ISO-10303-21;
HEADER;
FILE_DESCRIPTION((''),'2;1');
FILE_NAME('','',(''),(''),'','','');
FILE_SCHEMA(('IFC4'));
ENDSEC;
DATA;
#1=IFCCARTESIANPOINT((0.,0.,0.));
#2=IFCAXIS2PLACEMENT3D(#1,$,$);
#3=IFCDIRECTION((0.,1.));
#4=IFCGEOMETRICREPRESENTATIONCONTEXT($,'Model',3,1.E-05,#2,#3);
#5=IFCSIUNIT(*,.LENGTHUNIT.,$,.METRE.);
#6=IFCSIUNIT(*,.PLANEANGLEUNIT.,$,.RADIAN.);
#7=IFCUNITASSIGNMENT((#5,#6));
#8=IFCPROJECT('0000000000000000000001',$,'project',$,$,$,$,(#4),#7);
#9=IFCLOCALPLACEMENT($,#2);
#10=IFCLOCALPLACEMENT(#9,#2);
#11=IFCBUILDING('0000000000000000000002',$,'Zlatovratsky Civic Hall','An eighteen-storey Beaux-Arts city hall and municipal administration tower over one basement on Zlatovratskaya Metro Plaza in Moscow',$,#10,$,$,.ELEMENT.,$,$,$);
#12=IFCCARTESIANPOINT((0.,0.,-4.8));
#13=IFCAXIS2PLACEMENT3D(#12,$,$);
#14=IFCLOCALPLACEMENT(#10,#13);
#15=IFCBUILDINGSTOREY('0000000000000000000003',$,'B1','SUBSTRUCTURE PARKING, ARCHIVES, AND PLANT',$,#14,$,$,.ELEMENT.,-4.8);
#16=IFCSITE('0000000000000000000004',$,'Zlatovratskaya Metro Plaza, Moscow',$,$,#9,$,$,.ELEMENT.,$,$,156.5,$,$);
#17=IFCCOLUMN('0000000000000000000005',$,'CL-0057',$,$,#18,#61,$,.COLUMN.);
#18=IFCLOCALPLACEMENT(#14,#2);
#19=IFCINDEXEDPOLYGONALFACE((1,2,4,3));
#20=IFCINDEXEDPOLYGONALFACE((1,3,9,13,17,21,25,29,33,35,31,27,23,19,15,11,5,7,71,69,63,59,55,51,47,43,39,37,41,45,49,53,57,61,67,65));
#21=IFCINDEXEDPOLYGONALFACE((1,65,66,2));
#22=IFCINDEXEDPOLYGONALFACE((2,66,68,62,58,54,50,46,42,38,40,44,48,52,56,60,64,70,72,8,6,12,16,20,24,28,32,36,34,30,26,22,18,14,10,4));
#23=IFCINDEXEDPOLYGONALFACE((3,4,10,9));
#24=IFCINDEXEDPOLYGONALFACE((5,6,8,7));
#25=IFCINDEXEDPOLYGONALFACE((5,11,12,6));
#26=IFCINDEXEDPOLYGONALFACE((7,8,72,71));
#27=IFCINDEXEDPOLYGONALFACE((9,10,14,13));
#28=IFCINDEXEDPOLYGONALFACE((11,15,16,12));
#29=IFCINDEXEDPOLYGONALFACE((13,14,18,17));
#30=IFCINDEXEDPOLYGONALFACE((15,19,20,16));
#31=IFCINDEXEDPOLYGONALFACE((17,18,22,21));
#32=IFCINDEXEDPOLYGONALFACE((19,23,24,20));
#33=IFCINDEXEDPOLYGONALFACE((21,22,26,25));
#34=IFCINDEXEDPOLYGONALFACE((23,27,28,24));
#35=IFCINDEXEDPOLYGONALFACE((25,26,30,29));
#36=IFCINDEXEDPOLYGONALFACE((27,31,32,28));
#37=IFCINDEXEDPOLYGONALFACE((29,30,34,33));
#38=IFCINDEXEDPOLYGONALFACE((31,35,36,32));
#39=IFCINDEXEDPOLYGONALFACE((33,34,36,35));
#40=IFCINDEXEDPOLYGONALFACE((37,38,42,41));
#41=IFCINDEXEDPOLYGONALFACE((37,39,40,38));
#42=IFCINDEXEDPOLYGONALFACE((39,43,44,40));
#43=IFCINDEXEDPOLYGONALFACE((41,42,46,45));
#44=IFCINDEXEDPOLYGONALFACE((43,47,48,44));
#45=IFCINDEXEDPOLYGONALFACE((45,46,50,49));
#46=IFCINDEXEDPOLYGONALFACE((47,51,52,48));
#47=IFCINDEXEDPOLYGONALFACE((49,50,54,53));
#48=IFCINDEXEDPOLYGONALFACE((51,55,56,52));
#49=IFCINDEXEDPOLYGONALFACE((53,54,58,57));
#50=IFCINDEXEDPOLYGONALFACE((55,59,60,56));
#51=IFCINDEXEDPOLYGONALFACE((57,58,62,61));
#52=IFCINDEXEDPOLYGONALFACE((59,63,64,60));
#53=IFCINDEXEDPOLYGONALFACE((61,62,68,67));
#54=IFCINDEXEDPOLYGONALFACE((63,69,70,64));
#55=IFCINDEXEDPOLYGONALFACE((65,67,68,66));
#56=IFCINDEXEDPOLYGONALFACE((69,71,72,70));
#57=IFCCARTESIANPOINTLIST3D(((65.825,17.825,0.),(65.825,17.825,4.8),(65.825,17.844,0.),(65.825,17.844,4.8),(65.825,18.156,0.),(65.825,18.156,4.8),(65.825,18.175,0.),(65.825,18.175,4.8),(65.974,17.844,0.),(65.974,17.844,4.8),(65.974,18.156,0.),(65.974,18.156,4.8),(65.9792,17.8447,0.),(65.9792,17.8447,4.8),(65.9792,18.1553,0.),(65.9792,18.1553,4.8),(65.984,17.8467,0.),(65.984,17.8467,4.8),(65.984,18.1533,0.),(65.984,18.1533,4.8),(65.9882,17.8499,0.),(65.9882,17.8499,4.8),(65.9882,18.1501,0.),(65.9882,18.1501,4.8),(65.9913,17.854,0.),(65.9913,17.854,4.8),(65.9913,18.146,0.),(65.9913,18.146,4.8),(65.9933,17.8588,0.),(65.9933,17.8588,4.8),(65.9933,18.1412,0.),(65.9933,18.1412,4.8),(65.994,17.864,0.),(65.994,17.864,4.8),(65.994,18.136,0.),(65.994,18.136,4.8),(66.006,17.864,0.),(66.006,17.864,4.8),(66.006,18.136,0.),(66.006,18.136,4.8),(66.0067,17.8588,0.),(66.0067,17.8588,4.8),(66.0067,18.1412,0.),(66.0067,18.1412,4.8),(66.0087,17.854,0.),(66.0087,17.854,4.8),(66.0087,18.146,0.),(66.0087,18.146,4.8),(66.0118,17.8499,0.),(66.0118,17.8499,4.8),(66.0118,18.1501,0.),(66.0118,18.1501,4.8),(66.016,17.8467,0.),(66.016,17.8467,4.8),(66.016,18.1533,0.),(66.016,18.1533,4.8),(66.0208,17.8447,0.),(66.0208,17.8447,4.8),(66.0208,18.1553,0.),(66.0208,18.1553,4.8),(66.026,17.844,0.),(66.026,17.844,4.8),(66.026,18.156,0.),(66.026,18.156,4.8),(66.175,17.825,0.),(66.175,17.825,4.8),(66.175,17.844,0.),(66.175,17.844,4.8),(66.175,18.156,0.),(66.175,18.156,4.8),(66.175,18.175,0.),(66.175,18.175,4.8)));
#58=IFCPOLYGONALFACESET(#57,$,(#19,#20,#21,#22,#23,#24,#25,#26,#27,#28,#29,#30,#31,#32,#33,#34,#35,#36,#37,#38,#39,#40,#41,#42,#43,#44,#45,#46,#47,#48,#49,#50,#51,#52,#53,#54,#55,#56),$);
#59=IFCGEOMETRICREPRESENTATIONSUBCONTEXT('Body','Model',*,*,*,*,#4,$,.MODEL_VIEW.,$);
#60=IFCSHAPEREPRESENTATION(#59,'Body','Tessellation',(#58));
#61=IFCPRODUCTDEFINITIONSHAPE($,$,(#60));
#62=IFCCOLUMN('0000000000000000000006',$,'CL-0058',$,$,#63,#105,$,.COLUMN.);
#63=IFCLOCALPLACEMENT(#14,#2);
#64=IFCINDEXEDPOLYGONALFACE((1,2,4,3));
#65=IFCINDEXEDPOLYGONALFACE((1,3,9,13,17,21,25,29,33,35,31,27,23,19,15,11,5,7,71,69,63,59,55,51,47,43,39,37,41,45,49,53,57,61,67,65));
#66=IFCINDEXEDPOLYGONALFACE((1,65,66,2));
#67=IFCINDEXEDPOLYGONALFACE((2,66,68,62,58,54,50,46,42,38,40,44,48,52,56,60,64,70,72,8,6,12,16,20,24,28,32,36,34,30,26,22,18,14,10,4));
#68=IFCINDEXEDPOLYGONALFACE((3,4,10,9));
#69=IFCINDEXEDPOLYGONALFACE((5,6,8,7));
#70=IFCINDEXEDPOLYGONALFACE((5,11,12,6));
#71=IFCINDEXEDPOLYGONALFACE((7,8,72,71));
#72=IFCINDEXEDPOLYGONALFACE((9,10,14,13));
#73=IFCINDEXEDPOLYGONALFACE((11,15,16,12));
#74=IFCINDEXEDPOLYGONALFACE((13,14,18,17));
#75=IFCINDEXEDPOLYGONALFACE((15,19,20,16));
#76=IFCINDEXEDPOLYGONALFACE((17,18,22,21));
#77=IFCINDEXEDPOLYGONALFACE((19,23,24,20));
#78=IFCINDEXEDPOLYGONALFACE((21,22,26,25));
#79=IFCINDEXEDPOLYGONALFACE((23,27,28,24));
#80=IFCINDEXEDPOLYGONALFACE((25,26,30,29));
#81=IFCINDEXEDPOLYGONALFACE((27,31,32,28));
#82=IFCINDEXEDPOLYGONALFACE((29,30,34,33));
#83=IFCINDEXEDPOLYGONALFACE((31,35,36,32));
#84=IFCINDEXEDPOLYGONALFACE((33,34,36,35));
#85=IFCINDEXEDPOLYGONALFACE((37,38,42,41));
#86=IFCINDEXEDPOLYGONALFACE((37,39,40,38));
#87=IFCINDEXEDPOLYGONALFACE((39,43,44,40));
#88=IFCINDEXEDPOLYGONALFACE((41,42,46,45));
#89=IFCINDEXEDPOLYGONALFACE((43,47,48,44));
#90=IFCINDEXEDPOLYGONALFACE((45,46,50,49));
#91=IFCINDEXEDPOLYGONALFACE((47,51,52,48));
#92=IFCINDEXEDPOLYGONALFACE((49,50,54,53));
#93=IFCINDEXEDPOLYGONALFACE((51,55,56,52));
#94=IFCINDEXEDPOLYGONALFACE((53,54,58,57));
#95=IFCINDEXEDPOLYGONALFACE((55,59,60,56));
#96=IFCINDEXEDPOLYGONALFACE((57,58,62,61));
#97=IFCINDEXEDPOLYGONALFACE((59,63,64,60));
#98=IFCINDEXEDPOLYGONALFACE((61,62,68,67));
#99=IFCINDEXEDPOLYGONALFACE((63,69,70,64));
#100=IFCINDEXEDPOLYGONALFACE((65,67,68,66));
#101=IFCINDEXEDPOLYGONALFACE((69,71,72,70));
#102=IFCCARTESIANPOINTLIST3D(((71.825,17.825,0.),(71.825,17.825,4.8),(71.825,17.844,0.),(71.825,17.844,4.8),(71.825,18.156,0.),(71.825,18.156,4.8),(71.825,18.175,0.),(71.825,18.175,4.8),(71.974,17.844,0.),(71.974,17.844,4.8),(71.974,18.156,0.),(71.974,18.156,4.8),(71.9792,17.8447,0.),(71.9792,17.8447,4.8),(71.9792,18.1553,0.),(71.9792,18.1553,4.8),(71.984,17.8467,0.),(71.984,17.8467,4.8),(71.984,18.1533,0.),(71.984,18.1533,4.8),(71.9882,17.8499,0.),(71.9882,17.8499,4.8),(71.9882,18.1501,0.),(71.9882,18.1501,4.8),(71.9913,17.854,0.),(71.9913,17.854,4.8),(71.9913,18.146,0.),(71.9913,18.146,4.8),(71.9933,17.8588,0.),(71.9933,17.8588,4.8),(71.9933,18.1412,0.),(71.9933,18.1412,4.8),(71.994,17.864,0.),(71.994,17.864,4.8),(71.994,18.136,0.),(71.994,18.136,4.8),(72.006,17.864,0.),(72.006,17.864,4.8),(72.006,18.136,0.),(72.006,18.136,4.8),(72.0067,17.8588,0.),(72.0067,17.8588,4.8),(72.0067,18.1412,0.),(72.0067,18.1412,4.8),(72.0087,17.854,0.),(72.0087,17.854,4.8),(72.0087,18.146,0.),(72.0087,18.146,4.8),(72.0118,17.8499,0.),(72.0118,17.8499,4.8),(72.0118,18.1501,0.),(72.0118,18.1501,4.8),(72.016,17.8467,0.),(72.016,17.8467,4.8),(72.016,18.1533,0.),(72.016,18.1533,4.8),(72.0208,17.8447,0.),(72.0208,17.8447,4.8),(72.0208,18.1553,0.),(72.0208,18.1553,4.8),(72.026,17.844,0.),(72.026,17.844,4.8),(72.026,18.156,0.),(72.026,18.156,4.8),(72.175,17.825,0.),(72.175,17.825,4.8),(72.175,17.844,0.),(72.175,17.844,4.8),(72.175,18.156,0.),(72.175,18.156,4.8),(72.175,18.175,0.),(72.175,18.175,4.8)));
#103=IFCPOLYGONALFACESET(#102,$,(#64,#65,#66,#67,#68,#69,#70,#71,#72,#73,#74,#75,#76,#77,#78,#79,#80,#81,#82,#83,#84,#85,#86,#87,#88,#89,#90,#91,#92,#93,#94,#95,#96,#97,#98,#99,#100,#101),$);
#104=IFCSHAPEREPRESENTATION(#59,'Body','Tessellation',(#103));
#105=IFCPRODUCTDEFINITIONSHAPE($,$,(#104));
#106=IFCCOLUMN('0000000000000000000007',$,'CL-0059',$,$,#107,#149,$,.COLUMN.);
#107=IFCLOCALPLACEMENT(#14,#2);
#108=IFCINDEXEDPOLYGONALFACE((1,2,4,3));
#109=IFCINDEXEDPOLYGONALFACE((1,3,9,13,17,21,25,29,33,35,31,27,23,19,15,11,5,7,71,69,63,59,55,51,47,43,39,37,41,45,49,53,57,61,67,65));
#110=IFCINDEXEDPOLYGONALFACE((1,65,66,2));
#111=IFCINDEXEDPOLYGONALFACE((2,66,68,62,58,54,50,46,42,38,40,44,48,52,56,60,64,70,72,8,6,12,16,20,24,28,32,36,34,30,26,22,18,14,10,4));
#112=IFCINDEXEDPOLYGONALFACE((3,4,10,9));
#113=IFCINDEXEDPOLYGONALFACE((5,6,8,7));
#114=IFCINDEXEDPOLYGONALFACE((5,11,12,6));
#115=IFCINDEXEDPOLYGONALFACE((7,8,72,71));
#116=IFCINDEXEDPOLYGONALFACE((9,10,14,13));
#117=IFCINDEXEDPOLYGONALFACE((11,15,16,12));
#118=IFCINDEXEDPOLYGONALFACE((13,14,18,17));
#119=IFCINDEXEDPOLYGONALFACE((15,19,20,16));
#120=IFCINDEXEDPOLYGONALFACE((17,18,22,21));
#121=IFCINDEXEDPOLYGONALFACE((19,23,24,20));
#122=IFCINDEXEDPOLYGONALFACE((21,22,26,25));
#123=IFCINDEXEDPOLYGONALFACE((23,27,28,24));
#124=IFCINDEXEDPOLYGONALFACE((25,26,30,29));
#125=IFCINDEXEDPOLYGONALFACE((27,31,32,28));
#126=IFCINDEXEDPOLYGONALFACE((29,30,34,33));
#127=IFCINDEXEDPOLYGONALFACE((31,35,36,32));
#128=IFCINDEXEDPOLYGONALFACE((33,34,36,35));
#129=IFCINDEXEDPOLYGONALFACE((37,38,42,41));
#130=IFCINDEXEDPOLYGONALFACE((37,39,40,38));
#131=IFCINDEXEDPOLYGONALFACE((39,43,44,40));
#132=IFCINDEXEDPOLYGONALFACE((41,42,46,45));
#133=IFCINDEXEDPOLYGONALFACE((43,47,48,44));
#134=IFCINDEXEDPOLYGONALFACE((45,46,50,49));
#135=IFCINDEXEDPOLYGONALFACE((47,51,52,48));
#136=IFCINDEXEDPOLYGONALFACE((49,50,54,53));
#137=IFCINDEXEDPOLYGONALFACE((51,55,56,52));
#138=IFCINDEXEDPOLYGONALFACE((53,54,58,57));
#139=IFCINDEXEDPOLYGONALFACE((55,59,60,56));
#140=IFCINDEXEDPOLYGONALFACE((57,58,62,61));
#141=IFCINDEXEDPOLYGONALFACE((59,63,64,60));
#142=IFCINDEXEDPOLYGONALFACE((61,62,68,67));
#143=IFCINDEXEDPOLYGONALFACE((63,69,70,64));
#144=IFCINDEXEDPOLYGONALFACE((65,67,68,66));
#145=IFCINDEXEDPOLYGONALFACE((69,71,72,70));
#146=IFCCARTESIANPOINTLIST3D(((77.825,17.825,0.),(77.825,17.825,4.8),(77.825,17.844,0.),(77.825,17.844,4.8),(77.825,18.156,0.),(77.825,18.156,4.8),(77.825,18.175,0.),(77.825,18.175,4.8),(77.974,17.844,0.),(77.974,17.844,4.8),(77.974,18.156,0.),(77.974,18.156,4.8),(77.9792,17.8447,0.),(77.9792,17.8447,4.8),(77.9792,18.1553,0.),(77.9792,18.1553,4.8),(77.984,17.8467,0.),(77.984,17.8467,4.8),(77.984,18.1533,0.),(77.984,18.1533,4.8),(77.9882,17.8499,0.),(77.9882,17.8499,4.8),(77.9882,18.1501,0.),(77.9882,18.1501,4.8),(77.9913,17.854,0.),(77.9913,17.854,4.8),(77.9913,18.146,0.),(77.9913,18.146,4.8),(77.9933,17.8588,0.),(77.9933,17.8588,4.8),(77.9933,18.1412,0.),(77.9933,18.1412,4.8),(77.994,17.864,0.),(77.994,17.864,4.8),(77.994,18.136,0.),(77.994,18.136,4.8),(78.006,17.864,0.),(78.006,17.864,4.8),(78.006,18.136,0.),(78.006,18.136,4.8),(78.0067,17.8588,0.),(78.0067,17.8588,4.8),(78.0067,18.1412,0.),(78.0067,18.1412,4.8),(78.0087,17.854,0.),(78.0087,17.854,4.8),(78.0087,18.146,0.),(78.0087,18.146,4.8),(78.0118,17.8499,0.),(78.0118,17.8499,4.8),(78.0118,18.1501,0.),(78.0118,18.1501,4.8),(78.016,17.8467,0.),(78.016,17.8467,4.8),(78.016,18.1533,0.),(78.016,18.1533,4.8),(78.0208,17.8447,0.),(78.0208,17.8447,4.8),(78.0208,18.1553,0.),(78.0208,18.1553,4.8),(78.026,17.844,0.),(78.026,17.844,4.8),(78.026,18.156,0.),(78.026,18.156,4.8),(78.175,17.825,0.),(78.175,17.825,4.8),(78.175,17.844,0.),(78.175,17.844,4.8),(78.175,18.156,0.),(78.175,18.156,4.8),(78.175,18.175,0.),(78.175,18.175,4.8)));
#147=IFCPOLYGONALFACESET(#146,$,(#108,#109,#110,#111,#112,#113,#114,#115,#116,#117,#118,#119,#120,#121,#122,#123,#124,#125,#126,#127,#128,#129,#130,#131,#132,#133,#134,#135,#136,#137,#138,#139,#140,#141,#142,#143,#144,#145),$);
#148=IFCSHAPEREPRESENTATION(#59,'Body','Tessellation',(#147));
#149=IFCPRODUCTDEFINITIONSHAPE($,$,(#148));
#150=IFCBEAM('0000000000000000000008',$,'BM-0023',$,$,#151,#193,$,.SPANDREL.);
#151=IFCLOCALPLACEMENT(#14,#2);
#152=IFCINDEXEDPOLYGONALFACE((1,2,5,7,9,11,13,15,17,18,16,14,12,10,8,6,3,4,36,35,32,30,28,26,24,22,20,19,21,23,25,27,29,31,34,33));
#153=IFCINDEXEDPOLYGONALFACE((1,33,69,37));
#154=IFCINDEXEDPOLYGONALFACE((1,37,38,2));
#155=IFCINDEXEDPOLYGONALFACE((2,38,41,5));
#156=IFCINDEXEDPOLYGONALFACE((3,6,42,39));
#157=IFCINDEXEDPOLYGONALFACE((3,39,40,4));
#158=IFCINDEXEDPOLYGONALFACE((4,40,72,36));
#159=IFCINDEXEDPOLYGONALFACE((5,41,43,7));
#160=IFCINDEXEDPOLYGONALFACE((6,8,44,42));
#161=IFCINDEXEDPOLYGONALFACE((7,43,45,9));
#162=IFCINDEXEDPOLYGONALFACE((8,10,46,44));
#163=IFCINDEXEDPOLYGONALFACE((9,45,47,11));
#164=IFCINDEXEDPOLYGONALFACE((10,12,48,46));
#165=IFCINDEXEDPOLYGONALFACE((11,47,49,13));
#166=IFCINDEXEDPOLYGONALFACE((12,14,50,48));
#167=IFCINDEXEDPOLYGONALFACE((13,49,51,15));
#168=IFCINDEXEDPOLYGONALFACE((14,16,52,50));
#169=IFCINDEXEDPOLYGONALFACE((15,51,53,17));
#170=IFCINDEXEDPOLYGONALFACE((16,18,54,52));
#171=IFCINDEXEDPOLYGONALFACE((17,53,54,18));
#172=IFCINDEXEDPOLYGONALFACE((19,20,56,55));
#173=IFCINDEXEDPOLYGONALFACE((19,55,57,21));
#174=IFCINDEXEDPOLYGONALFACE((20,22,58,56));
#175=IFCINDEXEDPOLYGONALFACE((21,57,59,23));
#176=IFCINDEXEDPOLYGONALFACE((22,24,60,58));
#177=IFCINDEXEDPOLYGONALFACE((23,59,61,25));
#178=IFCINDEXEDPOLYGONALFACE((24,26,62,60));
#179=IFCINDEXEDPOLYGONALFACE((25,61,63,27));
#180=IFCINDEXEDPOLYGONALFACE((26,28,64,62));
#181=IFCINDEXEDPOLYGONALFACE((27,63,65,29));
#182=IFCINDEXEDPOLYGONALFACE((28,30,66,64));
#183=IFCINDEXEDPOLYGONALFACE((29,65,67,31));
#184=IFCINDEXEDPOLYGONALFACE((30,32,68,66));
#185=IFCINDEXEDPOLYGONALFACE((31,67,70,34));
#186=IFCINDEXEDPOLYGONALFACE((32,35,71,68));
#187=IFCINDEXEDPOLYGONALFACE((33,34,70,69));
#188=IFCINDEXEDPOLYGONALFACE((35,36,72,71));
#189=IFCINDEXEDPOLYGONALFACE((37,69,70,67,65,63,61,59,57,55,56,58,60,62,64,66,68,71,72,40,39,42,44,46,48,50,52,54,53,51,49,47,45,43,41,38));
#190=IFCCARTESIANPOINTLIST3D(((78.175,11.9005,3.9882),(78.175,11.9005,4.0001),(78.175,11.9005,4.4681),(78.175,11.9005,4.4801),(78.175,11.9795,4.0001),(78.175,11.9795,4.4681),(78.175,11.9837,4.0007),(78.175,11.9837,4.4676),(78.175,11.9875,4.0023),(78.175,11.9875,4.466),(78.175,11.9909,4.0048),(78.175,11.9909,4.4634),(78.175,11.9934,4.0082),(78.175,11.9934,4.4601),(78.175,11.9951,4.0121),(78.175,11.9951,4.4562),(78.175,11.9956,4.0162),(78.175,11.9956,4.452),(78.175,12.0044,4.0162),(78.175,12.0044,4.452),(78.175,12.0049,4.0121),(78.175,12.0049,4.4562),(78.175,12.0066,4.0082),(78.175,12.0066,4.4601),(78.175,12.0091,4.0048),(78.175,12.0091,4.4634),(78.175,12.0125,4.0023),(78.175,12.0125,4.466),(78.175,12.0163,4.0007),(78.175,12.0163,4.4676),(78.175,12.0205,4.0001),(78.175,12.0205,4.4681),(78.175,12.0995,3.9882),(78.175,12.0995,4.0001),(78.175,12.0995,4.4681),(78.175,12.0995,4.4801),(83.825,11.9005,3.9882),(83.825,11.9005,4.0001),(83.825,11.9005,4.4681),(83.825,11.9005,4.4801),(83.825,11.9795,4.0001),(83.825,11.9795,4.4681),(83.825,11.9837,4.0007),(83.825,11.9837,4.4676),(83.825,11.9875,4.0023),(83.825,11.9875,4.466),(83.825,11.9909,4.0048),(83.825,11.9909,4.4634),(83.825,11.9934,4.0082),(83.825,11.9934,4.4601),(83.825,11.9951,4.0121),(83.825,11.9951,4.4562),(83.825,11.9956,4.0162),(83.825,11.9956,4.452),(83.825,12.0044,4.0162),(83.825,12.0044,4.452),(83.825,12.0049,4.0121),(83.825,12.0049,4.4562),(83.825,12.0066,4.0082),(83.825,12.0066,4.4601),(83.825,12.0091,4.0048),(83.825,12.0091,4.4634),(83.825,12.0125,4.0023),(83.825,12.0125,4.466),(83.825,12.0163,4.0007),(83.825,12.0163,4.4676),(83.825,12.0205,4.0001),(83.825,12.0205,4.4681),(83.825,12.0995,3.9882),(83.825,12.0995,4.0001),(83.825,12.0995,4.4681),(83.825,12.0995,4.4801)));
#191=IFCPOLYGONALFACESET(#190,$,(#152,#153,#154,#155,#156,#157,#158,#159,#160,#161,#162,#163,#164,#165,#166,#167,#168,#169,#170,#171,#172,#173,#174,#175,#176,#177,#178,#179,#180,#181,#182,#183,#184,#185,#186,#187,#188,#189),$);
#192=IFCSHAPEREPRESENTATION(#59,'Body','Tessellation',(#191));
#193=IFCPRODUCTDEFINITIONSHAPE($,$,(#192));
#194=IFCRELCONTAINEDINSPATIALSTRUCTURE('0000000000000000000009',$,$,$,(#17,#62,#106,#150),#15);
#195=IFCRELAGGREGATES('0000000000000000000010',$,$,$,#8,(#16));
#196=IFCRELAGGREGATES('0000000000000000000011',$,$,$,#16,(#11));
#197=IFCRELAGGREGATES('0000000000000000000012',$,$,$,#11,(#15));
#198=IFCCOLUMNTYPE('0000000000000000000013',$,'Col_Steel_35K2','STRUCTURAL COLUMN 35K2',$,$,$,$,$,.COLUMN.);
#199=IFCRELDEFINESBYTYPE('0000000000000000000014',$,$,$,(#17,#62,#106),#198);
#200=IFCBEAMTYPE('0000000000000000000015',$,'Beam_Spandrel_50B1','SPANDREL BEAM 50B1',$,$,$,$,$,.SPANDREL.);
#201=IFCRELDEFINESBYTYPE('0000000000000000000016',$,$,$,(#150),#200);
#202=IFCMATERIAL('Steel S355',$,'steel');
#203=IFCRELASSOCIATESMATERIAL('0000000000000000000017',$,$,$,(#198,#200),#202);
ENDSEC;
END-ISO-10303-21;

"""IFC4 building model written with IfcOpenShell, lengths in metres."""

from ifc_helpers import new_model, si_unit, direction, frame, origin, origin_2d, place, context, subcontext, project, spatial, i_section, extrude, material, material_profile, profile_set, type_object, element, save


model = new_model("IFC4")

# Units and contexts
model_context = context("Model", 3, precision=1e-05, world=origin(), true_north=direction((0.0, 1.0)))
body_context = subcontext(model_context, "Body", "Model", "MODEL_VIEW")
ifc_project = project(units=[si_unit("LENGTHUNIT", "METRE"), si_unit("PLANEANGLEUNIT", "RADIAN")], contexts=[model_context])

# Site, building, storey
site_placement = place(None, origin())
site = spatial("IfcSite", under=ifc_project, at=site_placement, Name="Zlatovratskaya Metro Plaza, Moscow", CompositionType="ELEMENT", RefElevation=156.5)
building_placement = place(site_placement, origin())
building = spatial("IfcBuilding", under=site, at=building_placement, Name="Zlatovratsky Civic Hall", Description="An eighteen-storey Beaux-Arts city hall and municipal administration tower over one basement on Zlatovratskaya Metro Plaza in Moscow", CompositionType="ELEMENT")
storey_placement = place(building_placement, frame((0.0, 0.0, -4.8)))
storey = spatial("IfcBuildingStorey", under=building, at=storey_placement, Name="B1", Description="SUBSTRUCTURE PARKING, ARCHIVES, AND PLANT", CompositionType="ELEMENT", Elevation=-4.8)

# Columns
ifc_material_1 = material(Name="Steel S355", Category="steel")
ifc_material_profile_1 = material_profile(ifc_material_1, i_section(OverallWidth=0.3501, OverallDepth=0.3501, WebThickness=0.012, FlangeThickness=0.019, FilletRadius=0.02, at=origin_2d()), Name="35K2")
ifc_profile_set_1 = profile_set([ifc_material_profile_1], Name="Steel S355")
column_type_1 = type_object("IfcColumnType", Name="Col_Steel_35K2", Description="STRUCTURAL COLUMN 35K2", PredefinedType="COLUMN", material=ifc_profile_set_1)
for number, where, z_axis, x_axis, name in (
    (1, (66.0, 18.0, 0.0), (0.0, 0.0, 1.0), (1.0, 0.0, 0.0), "CL-0057"),
    (2, (72.0, 18.0, 0.0), (0.0, 0.0, 1.0), (1.0, 0.0, 0.0), "CL-0058"),
    (3, (78.0, 18.0, 0.0), (0.0, 0.0, 1.0), (1.0, 0.0, 0.0), "CL-0059"),
):
    element("IfcColumn", number, at=place(storey_placement, frame(where, z_axis=z_axis, x_axis=x_axis)), inside=storey, type_object=column_type_1, Name=name, PredefinedType="COLUMN", context=body_context, shape_type="SweptSolid", body=[
        extrude(i_section(OverallWidth=0.3501, OverallDepth=0.3501, WebThickness=0.012, FlangeThickness=0.019, FilletRadius=0.02, at=origin_2d()), origin(), (0.0, 0.0, 1.0), 4.8),
    ])

# Beam
ifc_material_profile_2 = material_profile(ifc_material_1, i_section(OverallWidth=0.199, OverallDepth=0.4919, WebThickness=0.0088, FlangeThickness=0.012, FilletRadius=0.0161, at=origin_2d()), Name="50B1")
ifc_profile_set_2 = profile_set([ifc_material_profile_2], Name="Steel S355")
beam_type_1 = type_object("IfcBeamType", Name="Beam_Spandrel_50B1", Description="SPANDREL BEAM 50B1", PredefinedType="SPANDREL", material=ifc_profile_set_2)
beam_placement = place(storey_placement, frame((78.175, 12.0, 4.2341), z_axis=(1.0, 0.0, 0.0), x_axis=(0.0, 1.0, 0.0)))
element("IfcBeam", 4, at=beam_placement, inside=storey, type_object=beam_type_1, Name="BM-0023", PredefinedType="SPANDREL", context=body_context, shape_type="SweptSolid", body=[
    extrude(i_section(OverallWidth=0.199, OverallDepth=0.4919, WebThickness=0.0088, FlangeThickness=0.012, FilletRadius=0.0161, at=origin_2d()), origin(), (0.0, 0.0, 1.0), 5.6499),
])

save(model, "model.ifc")
